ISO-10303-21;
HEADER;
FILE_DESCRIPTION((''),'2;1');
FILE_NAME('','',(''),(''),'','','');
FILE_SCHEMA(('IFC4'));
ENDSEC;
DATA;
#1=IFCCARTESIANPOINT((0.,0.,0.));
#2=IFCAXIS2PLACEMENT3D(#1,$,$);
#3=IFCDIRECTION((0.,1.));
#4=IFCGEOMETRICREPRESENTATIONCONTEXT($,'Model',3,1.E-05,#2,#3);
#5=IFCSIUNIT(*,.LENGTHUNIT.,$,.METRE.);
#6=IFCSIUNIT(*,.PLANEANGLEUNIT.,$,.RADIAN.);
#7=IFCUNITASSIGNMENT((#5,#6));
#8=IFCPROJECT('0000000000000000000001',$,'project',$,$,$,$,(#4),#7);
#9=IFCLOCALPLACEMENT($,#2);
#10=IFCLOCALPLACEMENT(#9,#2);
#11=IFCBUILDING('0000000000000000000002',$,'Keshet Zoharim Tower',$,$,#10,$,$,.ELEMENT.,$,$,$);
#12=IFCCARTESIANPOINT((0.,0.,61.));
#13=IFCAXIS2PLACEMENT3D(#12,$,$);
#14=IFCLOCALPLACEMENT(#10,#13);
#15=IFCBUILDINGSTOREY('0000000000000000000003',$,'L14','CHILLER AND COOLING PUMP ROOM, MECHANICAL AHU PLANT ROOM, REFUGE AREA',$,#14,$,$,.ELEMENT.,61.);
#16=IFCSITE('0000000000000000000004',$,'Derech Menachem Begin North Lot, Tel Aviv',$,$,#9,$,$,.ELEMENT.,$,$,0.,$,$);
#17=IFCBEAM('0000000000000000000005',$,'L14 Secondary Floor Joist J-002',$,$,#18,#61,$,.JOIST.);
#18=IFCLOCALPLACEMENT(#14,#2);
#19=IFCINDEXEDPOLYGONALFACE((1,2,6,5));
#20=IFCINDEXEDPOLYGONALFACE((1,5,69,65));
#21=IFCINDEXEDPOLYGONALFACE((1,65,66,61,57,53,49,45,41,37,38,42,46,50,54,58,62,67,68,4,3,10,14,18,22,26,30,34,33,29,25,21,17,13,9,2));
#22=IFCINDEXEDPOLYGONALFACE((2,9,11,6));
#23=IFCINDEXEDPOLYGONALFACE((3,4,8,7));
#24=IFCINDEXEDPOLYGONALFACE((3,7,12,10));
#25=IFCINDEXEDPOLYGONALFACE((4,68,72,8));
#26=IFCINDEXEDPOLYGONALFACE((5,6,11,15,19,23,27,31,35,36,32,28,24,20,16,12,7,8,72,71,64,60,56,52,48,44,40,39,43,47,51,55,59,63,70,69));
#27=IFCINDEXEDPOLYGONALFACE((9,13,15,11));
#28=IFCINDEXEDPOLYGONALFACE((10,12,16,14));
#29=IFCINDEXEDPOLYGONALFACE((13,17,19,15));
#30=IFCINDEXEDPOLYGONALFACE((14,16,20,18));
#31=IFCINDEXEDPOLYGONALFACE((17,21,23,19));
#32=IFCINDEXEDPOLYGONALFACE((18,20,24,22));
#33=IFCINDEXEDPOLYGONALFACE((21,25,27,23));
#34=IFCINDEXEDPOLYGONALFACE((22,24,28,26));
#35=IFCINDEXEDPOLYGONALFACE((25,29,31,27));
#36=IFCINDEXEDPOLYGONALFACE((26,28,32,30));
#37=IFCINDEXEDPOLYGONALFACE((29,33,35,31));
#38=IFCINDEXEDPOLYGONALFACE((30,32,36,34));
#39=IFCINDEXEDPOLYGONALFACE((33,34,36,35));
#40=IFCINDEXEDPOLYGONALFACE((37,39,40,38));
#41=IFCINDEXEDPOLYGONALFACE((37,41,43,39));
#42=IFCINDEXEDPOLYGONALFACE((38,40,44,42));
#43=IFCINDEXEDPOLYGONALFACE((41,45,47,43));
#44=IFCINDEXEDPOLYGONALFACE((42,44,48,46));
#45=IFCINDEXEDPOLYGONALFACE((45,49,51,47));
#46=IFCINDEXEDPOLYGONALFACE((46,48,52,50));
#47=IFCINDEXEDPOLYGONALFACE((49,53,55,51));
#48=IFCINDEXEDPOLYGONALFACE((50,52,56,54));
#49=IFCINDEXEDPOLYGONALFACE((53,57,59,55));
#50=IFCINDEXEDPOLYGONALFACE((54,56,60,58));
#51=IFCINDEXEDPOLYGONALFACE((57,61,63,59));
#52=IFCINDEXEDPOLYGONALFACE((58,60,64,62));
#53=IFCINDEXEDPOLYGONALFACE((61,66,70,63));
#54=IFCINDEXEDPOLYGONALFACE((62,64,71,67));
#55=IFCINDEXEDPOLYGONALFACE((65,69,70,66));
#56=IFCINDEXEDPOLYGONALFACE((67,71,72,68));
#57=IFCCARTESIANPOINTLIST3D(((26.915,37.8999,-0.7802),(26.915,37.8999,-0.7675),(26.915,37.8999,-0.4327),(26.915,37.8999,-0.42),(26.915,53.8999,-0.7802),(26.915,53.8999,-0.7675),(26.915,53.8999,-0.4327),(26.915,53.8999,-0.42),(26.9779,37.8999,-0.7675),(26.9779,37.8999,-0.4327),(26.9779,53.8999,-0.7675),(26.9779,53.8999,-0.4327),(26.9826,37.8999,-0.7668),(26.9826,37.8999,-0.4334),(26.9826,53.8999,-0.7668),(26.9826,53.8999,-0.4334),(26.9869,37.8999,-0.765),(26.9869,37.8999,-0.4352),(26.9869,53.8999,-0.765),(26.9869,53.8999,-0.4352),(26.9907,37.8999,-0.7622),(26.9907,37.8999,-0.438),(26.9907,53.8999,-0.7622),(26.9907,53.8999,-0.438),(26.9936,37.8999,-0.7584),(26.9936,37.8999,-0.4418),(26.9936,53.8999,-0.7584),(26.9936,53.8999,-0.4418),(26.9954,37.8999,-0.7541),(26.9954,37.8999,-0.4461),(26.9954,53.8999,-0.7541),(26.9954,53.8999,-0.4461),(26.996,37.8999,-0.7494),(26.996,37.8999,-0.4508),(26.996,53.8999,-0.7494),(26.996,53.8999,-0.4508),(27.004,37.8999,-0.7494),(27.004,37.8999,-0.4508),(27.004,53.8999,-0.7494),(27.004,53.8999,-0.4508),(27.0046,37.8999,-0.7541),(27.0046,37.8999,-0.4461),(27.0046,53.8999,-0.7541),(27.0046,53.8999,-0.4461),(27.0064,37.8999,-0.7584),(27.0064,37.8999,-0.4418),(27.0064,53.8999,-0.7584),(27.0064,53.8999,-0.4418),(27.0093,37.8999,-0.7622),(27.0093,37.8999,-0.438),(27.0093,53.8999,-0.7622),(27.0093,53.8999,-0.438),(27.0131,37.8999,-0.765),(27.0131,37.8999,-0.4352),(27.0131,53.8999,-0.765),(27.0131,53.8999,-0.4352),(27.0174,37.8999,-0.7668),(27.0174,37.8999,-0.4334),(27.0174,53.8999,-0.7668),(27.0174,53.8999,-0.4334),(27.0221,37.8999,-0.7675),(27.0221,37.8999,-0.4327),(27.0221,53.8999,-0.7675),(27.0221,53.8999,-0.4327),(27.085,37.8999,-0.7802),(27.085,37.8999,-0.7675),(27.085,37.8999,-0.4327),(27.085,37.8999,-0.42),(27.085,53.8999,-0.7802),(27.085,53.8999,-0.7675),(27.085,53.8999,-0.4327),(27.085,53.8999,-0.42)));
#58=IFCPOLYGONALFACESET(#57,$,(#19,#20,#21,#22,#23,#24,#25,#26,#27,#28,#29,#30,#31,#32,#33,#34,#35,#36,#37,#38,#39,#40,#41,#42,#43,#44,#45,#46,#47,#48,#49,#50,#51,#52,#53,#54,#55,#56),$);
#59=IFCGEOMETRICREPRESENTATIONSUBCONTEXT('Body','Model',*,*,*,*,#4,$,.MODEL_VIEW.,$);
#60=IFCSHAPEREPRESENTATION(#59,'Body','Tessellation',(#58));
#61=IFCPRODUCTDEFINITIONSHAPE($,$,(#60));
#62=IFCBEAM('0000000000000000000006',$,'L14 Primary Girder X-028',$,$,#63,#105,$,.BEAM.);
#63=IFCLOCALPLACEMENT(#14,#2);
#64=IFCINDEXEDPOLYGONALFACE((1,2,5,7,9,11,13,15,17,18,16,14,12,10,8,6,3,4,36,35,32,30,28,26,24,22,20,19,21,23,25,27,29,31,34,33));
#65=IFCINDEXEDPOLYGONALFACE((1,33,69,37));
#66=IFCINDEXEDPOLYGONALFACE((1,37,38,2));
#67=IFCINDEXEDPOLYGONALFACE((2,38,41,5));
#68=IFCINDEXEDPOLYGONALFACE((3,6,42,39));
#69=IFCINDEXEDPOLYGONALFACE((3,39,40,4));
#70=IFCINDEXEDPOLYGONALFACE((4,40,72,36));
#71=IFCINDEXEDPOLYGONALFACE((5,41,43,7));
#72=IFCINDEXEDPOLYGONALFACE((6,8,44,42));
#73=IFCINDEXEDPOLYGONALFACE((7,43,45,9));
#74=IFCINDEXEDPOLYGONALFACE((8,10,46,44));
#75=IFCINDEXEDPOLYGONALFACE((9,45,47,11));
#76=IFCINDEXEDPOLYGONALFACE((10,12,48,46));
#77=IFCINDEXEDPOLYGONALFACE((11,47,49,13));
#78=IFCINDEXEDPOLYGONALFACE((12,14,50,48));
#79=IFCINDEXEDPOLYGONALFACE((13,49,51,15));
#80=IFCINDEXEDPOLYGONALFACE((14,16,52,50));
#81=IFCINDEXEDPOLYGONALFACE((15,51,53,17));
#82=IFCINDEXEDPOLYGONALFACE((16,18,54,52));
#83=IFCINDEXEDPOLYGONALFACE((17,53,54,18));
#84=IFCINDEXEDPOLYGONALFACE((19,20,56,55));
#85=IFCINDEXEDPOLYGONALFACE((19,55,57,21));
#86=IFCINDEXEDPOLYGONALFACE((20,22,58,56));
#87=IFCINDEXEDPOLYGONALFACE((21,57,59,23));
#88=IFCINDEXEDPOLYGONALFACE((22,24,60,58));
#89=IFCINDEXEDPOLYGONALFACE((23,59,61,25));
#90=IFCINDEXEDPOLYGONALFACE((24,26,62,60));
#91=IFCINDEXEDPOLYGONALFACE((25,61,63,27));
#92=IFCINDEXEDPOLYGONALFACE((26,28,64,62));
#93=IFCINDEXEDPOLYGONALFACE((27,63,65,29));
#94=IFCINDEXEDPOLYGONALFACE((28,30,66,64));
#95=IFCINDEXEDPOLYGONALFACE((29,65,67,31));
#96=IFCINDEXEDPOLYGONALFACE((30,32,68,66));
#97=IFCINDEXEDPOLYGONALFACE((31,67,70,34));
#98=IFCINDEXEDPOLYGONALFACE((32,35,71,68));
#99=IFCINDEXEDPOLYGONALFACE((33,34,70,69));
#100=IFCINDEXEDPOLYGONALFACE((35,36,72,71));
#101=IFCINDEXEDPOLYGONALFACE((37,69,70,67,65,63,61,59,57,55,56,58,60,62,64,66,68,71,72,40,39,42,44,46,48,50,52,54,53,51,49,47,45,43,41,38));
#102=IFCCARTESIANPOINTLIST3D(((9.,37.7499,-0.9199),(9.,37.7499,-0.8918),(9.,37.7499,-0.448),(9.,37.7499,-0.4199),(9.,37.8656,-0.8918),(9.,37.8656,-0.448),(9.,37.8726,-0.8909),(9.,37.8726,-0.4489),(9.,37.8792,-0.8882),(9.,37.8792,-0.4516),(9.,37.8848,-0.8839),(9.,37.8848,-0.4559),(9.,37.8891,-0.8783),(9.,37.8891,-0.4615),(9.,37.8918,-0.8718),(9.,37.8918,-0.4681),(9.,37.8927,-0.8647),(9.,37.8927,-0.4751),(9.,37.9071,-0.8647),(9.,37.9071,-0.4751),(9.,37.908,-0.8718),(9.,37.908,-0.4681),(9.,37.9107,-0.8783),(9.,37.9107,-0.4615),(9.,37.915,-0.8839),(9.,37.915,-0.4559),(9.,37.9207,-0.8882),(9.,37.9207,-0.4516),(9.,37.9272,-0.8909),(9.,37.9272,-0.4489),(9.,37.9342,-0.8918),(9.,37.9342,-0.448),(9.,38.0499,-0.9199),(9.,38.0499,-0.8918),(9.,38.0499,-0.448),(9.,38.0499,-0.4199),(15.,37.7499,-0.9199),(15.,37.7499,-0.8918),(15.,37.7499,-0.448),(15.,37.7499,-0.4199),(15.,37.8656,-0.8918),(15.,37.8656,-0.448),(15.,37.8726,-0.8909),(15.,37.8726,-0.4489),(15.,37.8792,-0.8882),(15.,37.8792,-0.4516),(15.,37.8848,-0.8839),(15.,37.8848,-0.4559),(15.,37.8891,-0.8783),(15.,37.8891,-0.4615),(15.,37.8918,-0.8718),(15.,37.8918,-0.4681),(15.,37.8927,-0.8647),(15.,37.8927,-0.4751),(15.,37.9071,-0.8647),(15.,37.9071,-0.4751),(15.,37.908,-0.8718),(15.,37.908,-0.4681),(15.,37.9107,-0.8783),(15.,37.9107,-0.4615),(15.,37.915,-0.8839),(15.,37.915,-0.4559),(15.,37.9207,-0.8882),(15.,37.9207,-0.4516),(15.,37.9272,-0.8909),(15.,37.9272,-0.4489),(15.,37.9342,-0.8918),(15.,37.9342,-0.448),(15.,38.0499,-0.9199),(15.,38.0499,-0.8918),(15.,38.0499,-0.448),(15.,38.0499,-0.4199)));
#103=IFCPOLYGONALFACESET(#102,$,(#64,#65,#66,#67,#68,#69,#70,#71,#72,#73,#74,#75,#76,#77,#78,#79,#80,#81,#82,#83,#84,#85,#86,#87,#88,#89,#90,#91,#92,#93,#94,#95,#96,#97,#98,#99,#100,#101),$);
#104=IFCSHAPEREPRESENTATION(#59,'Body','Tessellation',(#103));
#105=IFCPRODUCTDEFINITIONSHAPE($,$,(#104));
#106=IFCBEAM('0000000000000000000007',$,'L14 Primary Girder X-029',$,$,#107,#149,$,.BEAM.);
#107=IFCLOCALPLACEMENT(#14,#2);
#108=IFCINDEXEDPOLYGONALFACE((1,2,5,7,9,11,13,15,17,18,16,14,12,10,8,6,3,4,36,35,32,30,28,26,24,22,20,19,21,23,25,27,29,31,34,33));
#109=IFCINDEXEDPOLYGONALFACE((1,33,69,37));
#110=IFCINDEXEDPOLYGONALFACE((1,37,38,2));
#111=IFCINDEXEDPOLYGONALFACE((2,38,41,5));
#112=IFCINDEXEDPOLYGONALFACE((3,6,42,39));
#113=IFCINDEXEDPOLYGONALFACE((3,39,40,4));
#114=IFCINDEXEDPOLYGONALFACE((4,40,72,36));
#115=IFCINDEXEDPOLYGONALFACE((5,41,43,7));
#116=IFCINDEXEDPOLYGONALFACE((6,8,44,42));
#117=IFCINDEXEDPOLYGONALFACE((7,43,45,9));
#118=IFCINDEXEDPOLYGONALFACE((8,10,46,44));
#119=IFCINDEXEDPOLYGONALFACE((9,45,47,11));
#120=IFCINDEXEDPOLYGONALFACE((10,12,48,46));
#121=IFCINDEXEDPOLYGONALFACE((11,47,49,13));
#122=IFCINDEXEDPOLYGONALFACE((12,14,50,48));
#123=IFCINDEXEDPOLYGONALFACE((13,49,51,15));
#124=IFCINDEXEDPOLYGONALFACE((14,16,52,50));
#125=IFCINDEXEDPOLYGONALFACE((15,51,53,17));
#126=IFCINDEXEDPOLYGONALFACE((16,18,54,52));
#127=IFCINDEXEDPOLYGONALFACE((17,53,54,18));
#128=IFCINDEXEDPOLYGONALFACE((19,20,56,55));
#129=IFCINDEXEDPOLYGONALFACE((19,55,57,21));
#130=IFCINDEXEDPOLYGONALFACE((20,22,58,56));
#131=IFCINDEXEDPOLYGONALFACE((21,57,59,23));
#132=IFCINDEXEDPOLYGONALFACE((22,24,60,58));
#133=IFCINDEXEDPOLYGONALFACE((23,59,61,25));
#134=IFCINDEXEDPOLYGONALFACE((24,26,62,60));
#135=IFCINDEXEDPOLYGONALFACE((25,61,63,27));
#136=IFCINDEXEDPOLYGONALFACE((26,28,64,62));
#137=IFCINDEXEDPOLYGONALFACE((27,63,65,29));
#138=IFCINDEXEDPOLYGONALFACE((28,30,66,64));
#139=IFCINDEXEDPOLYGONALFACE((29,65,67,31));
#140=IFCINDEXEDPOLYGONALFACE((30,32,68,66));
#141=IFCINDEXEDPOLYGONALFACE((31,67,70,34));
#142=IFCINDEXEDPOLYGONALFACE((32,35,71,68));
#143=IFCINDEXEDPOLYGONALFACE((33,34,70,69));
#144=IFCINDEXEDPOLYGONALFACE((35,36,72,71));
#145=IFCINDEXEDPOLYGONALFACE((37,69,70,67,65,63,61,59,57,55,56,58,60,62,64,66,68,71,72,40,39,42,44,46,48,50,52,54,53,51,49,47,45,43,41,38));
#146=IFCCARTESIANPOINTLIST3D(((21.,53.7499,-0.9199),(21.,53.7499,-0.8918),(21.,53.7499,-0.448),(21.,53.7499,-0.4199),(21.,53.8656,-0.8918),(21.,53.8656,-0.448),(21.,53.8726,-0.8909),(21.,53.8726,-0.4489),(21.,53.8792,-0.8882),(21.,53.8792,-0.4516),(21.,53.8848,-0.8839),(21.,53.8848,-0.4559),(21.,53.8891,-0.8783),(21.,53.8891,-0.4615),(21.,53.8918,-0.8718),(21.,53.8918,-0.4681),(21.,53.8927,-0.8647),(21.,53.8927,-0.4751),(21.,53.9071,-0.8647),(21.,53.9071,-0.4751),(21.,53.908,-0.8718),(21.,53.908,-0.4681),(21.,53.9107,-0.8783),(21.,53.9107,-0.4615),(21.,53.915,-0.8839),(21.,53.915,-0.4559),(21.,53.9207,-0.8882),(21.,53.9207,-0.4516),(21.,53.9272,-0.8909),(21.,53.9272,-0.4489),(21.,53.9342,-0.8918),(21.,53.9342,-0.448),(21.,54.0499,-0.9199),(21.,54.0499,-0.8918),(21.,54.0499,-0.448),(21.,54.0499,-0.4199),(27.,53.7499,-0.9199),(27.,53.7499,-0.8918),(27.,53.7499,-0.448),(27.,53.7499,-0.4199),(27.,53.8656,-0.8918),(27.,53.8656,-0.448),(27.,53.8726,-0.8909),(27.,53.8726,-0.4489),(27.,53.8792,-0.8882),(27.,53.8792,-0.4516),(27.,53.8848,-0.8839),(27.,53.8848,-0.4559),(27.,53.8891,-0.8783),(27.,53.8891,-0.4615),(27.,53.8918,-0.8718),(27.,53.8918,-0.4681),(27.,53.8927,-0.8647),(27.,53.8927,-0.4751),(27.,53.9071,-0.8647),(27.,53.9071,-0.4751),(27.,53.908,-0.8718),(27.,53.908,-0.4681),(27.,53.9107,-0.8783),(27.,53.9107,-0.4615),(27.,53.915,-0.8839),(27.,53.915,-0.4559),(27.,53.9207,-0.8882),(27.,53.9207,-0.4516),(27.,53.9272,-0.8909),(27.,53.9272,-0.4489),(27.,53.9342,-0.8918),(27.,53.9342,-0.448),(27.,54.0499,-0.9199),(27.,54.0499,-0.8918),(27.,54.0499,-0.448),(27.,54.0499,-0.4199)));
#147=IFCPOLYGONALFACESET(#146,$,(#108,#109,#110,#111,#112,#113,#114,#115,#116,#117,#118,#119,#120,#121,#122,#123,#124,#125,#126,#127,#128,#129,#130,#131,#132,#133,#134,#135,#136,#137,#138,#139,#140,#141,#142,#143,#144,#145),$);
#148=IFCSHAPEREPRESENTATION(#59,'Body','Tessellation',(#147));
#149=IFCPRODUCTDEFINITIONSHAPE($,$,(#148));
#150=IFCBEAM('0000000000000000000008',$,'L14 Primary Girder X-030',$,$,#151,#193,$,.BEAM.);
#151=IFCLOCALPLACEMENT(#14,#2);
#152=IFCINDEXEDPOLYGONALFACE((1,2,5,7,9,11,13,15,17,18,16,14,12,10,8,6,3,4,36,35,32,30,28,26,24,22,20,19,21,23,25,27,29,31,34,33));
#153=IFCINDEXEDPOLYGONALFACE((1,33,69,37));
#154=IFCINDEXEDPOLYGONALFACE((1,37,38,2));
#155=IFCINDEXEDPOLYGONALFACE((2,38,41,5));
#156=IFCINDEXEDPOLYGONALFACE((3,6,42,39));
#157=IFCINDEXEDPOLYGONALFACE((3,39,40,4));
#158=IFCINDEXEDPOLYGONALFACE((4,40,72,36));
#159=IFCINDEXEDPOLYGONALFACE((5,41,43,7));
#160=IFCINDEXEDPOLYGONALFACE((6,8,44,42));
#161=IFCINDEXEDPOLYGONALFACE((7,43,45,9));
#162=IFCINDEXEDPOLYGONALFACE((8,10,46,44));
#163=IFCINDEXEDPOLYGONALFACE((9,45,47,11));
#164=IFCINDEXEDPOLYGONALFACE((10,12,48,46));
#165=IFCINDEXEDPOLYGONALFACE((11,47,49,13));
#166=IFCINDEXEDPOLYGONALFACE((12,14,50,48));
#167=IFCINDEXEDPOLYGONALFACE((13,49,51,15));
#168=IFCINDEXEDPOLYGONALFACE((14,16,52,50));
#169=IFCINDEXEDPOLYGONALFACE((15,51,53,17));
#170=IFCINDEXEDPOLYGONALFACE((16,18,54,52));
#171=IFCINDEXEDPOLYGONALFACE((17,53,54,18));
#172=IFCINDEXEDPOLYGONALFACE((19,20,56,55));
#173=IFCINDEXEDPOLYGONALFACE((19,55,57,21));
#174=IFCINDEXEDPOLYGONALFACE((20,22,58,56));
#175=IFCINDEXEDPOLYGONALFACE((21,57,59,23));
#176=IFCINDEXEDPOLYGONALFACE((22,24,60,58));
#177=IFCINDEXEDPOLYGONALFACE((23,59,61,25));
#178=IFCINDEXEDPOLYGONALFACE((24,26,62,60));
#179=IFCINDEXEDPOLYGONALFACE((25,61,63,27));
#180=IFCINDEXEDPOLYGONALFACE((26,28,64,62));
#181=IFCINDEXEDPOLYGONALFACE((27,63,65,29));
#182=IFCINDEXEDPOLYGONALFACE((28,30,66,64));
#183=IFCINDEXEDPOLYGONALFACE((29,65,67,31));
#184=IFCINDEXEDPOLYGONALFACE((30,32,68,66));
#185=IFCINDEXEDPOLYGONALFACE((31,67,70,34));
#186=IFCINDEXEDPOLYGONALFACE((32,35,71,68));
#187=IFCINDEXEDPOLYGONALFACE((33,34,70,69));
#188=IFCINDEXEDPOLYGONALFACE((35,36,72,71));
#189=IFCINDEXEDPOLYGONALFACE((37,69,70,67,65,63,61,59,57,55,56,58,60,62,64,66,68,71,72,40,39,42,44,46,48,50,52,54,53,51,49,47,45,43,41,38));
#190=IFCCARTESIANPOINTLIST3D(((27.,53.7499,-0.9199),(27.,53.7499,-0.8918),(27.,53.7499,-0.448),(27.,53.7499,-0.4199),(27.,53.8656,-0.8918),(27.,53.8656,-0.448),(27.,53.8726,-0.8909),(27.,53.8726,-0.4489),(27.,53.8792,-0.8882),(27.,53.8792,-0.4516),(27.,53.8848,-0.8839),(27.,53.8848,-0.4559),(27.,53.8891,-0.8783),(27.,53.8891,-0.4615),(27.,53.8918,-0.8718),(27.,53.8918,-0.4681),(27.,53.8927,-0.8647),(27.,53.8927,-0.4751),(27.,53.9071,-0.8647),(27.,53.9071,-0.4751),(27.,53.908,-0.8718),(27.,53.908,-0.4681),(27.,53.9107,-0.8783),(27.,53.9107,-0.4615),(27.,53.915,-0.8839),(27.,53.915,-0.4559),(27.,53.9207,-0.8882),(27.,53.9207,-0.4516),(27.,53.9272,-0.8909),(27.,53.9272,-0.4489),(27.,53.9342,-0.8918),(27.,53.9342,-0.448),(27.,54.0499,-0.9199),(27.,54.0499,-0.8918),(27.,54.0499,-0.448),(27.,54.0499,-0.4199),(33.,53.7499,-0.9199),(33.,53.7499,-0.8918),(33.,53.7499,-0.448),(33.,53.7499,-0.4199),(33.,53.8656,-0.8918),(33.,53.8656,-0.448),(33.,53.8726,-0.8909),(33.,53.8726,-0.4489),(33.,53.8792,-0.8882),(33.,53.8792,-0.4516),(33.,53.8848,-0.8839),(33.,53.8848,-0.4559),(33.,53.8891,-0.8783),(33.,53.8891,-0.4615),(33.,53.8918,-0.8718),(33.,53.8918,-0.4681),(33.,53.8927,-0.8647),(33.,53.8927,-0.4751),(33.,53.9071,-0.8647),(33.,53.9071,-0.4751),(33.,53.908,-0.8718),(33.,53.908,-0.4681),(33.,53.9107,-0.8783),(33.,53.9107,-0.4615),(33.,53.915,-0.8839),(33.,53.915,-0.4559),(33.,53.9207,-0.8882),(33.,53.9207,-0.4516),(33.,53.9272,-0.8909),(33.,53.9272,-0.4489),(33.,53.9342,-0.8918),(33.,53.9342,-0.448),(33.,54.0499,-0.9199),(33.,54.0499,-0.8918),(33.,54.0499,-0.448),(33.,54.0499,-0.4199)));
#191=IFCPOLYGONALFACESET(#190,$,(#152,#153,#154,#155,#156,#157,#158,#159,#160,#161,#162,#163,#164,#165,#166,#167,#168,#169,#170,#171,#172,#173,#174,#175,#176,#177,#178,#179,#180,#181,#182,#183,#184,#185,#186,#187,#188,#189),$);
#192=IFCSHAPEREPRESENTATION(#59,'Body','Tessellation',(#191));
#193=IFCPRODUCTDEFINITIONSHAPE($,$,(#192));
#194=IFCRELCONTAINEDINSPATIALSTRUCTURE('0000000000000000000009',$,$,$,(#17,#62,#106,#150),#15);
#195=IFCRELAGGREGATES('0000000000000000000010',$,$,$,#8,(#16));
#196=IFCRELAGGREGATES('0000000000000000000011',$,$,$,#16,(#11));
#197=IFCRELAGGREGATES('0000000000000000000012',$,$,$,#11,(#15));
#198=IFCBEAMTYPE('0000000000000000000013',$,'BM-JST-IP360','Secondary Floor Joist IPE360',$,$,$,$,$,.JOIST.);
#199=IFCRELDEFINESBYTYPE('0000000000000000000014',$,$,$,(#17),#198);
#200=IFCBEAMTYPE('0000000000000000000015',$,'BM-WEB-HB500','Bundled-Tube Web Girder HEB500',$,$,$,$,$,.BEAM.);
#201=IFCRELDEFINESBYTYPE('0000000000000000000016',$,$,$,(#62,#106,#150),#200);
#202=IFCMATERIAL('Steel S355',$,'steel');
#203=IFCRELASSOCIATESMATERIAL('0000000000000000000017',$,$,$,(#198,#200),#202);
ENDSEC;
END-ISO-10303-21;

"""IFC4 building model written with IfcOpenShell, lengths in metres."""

from ifc_helpers import new_model, si_unit, direction, frame, origin, origin_2d, place, context, subcontext, project, spatial, i_section, extrude, material, material_profile, profile_set, type_object, element, save


model = new_model("IFC4")

# Units and contexts
model_context = context("Model", 3, precision=1e-05, world=origin(), true_north=direction((0.0, 1.0)))
body_context = subcontext(model_context, "Body", "Model", "MODEL_VIEW")
ifc_project = project(units=[si_unit("LENGTHUNIT", "METRE"), si_unit("PLANEANGLEUNIT", "RADIAN")], contexts=[model_context])

# Site, building, storey
site_placement = place(None, origin())
site = spatial("IfcSite", under=ifc_project, at=site_placement, Name="Derech Menachem Begin North Lot, Tel Aviv", CompositionType="ELEMENT", RefElevation=0.0)
building_placement = place(site_placement, origin())
building = spatial("IfcBuilding", under=site, at=building_placement, Name="Keshet Zoharim Tower", CompositionType="ELEMENT")
storey_placement = place(building_placement, frame((0.0, 0.0, 61.0)))
storey = spatial("IfcBuildingStorey", under=building, at=storey_placement, Name="L14", Description="CHILLER AND COOLING PUMP ROOM, MECHANICAL AHU PLANT ROOM, REFUGE AREA", CompositionType="ELEMENT", Elevation=61.0)

# Shared definitions
ifc_material_1 = material(Name="Steel S355", Category="steel")

# Beams
ifc_material_profile_1 = material_profile(ifc_material_1, i_section(OverallWidth=0.1699, OverallDepth=0.3601, WebThickness=0.0081, FlangeThickness=0.0127, FilletRadius=0.0181, at=origin_2d()), Name="IPE360")
ifc_profile_set_1 = profile_set([ifc_material_profile_1], Name="Steel S355")
beam_type_1 = type_object("IfcBeamType", Name="BM-JST-IP360", Description="Secondary Floor Joist IPE360", PredefinedType="JOIST", material=ifc_profile_set_1)
for number, where, z_axis, x_axis, name in (
    (1, (27.0, 37.8999, -0.6001), (0.0, 1.0, 0.0), (-1.0, 0.0, 0.0), "L14 Secondary Floor Joist J-002"),
):
    element("IfcBeam", number, at=place(storey_placement, frame(where, z_axis=z_axis, x_axis=x_axis)), inside=storey, type_object=beam_type_1, Name=name, PredefinedType="JOIST", context=body_context, shape_type="SweptSolid", body=[
        extrude(i_section(OverallWidth=0.1699, OverallDepth=0.3601, WebThickness=0.0081, FlangeThickness=0.0127, FilletRadius=0.0181, at=origin_2d()), origin(), (0.0, 0.0, 1.0), 16.0),
    ])
ifc_material_profile_2 = material_profile(ifc_material_1, i_section(OverallWidth=0.3, OverallDepth=0.5, WebThickness=0.0144, FlangeThickness=0.0281, FilletRadius=0.0271, at=origin_2d()), Name="HEB500")
ifc_profile_set_2 = profile_set([ifc_material_profile_2], Name="Steel S355")
beam_type_2 = type_object("IfcBeamType", Name="BM-WEB-HB500", Description="Bundled-Tube Web Girder HEB500", PredefinedType="BEAM", material=ifc_profile_set_2)
for number, where, z_axis, x_axis, name in (
    (2, (9.0, 37.8999, -0.6699), (1.0, 0.0, 0.0), (0.0, 1.0, 0.0), "L14 Primary Girder X-028"),
    (3, (21.0, 53.8999, -0.6699), (1.0, 0.0, 0.0), (0.0, 1.0, 0.0), "L14 Primary Girder X-029"),
    (4, (27.0, 53.8999, -0.6699), (1.0, 0.0, 0.0), (0.0, 1.0, 0.0), "L14 Primary Girder X-030"),
):
    element("IfcBeam", number, at=place(storey_placement, frame(where, z_axis=z_axis, x_axis=x_axis)), inside=storey, type_object=beam_type_2, Name=name, PredefinedType="BEAM", context=body_context, shape_type="SweptSolid", body=[
        extrude(i_section(OverallWidth=0.3, OverallDepth=0.5, WebThickness=0.0144, FlangeThickness=0.0281, FilletRadius=0.0271, at=origin_2d()), origin(), (0.0, 0.0, 1.0), 6.0),
    ])

save(model, "model.ifc")
